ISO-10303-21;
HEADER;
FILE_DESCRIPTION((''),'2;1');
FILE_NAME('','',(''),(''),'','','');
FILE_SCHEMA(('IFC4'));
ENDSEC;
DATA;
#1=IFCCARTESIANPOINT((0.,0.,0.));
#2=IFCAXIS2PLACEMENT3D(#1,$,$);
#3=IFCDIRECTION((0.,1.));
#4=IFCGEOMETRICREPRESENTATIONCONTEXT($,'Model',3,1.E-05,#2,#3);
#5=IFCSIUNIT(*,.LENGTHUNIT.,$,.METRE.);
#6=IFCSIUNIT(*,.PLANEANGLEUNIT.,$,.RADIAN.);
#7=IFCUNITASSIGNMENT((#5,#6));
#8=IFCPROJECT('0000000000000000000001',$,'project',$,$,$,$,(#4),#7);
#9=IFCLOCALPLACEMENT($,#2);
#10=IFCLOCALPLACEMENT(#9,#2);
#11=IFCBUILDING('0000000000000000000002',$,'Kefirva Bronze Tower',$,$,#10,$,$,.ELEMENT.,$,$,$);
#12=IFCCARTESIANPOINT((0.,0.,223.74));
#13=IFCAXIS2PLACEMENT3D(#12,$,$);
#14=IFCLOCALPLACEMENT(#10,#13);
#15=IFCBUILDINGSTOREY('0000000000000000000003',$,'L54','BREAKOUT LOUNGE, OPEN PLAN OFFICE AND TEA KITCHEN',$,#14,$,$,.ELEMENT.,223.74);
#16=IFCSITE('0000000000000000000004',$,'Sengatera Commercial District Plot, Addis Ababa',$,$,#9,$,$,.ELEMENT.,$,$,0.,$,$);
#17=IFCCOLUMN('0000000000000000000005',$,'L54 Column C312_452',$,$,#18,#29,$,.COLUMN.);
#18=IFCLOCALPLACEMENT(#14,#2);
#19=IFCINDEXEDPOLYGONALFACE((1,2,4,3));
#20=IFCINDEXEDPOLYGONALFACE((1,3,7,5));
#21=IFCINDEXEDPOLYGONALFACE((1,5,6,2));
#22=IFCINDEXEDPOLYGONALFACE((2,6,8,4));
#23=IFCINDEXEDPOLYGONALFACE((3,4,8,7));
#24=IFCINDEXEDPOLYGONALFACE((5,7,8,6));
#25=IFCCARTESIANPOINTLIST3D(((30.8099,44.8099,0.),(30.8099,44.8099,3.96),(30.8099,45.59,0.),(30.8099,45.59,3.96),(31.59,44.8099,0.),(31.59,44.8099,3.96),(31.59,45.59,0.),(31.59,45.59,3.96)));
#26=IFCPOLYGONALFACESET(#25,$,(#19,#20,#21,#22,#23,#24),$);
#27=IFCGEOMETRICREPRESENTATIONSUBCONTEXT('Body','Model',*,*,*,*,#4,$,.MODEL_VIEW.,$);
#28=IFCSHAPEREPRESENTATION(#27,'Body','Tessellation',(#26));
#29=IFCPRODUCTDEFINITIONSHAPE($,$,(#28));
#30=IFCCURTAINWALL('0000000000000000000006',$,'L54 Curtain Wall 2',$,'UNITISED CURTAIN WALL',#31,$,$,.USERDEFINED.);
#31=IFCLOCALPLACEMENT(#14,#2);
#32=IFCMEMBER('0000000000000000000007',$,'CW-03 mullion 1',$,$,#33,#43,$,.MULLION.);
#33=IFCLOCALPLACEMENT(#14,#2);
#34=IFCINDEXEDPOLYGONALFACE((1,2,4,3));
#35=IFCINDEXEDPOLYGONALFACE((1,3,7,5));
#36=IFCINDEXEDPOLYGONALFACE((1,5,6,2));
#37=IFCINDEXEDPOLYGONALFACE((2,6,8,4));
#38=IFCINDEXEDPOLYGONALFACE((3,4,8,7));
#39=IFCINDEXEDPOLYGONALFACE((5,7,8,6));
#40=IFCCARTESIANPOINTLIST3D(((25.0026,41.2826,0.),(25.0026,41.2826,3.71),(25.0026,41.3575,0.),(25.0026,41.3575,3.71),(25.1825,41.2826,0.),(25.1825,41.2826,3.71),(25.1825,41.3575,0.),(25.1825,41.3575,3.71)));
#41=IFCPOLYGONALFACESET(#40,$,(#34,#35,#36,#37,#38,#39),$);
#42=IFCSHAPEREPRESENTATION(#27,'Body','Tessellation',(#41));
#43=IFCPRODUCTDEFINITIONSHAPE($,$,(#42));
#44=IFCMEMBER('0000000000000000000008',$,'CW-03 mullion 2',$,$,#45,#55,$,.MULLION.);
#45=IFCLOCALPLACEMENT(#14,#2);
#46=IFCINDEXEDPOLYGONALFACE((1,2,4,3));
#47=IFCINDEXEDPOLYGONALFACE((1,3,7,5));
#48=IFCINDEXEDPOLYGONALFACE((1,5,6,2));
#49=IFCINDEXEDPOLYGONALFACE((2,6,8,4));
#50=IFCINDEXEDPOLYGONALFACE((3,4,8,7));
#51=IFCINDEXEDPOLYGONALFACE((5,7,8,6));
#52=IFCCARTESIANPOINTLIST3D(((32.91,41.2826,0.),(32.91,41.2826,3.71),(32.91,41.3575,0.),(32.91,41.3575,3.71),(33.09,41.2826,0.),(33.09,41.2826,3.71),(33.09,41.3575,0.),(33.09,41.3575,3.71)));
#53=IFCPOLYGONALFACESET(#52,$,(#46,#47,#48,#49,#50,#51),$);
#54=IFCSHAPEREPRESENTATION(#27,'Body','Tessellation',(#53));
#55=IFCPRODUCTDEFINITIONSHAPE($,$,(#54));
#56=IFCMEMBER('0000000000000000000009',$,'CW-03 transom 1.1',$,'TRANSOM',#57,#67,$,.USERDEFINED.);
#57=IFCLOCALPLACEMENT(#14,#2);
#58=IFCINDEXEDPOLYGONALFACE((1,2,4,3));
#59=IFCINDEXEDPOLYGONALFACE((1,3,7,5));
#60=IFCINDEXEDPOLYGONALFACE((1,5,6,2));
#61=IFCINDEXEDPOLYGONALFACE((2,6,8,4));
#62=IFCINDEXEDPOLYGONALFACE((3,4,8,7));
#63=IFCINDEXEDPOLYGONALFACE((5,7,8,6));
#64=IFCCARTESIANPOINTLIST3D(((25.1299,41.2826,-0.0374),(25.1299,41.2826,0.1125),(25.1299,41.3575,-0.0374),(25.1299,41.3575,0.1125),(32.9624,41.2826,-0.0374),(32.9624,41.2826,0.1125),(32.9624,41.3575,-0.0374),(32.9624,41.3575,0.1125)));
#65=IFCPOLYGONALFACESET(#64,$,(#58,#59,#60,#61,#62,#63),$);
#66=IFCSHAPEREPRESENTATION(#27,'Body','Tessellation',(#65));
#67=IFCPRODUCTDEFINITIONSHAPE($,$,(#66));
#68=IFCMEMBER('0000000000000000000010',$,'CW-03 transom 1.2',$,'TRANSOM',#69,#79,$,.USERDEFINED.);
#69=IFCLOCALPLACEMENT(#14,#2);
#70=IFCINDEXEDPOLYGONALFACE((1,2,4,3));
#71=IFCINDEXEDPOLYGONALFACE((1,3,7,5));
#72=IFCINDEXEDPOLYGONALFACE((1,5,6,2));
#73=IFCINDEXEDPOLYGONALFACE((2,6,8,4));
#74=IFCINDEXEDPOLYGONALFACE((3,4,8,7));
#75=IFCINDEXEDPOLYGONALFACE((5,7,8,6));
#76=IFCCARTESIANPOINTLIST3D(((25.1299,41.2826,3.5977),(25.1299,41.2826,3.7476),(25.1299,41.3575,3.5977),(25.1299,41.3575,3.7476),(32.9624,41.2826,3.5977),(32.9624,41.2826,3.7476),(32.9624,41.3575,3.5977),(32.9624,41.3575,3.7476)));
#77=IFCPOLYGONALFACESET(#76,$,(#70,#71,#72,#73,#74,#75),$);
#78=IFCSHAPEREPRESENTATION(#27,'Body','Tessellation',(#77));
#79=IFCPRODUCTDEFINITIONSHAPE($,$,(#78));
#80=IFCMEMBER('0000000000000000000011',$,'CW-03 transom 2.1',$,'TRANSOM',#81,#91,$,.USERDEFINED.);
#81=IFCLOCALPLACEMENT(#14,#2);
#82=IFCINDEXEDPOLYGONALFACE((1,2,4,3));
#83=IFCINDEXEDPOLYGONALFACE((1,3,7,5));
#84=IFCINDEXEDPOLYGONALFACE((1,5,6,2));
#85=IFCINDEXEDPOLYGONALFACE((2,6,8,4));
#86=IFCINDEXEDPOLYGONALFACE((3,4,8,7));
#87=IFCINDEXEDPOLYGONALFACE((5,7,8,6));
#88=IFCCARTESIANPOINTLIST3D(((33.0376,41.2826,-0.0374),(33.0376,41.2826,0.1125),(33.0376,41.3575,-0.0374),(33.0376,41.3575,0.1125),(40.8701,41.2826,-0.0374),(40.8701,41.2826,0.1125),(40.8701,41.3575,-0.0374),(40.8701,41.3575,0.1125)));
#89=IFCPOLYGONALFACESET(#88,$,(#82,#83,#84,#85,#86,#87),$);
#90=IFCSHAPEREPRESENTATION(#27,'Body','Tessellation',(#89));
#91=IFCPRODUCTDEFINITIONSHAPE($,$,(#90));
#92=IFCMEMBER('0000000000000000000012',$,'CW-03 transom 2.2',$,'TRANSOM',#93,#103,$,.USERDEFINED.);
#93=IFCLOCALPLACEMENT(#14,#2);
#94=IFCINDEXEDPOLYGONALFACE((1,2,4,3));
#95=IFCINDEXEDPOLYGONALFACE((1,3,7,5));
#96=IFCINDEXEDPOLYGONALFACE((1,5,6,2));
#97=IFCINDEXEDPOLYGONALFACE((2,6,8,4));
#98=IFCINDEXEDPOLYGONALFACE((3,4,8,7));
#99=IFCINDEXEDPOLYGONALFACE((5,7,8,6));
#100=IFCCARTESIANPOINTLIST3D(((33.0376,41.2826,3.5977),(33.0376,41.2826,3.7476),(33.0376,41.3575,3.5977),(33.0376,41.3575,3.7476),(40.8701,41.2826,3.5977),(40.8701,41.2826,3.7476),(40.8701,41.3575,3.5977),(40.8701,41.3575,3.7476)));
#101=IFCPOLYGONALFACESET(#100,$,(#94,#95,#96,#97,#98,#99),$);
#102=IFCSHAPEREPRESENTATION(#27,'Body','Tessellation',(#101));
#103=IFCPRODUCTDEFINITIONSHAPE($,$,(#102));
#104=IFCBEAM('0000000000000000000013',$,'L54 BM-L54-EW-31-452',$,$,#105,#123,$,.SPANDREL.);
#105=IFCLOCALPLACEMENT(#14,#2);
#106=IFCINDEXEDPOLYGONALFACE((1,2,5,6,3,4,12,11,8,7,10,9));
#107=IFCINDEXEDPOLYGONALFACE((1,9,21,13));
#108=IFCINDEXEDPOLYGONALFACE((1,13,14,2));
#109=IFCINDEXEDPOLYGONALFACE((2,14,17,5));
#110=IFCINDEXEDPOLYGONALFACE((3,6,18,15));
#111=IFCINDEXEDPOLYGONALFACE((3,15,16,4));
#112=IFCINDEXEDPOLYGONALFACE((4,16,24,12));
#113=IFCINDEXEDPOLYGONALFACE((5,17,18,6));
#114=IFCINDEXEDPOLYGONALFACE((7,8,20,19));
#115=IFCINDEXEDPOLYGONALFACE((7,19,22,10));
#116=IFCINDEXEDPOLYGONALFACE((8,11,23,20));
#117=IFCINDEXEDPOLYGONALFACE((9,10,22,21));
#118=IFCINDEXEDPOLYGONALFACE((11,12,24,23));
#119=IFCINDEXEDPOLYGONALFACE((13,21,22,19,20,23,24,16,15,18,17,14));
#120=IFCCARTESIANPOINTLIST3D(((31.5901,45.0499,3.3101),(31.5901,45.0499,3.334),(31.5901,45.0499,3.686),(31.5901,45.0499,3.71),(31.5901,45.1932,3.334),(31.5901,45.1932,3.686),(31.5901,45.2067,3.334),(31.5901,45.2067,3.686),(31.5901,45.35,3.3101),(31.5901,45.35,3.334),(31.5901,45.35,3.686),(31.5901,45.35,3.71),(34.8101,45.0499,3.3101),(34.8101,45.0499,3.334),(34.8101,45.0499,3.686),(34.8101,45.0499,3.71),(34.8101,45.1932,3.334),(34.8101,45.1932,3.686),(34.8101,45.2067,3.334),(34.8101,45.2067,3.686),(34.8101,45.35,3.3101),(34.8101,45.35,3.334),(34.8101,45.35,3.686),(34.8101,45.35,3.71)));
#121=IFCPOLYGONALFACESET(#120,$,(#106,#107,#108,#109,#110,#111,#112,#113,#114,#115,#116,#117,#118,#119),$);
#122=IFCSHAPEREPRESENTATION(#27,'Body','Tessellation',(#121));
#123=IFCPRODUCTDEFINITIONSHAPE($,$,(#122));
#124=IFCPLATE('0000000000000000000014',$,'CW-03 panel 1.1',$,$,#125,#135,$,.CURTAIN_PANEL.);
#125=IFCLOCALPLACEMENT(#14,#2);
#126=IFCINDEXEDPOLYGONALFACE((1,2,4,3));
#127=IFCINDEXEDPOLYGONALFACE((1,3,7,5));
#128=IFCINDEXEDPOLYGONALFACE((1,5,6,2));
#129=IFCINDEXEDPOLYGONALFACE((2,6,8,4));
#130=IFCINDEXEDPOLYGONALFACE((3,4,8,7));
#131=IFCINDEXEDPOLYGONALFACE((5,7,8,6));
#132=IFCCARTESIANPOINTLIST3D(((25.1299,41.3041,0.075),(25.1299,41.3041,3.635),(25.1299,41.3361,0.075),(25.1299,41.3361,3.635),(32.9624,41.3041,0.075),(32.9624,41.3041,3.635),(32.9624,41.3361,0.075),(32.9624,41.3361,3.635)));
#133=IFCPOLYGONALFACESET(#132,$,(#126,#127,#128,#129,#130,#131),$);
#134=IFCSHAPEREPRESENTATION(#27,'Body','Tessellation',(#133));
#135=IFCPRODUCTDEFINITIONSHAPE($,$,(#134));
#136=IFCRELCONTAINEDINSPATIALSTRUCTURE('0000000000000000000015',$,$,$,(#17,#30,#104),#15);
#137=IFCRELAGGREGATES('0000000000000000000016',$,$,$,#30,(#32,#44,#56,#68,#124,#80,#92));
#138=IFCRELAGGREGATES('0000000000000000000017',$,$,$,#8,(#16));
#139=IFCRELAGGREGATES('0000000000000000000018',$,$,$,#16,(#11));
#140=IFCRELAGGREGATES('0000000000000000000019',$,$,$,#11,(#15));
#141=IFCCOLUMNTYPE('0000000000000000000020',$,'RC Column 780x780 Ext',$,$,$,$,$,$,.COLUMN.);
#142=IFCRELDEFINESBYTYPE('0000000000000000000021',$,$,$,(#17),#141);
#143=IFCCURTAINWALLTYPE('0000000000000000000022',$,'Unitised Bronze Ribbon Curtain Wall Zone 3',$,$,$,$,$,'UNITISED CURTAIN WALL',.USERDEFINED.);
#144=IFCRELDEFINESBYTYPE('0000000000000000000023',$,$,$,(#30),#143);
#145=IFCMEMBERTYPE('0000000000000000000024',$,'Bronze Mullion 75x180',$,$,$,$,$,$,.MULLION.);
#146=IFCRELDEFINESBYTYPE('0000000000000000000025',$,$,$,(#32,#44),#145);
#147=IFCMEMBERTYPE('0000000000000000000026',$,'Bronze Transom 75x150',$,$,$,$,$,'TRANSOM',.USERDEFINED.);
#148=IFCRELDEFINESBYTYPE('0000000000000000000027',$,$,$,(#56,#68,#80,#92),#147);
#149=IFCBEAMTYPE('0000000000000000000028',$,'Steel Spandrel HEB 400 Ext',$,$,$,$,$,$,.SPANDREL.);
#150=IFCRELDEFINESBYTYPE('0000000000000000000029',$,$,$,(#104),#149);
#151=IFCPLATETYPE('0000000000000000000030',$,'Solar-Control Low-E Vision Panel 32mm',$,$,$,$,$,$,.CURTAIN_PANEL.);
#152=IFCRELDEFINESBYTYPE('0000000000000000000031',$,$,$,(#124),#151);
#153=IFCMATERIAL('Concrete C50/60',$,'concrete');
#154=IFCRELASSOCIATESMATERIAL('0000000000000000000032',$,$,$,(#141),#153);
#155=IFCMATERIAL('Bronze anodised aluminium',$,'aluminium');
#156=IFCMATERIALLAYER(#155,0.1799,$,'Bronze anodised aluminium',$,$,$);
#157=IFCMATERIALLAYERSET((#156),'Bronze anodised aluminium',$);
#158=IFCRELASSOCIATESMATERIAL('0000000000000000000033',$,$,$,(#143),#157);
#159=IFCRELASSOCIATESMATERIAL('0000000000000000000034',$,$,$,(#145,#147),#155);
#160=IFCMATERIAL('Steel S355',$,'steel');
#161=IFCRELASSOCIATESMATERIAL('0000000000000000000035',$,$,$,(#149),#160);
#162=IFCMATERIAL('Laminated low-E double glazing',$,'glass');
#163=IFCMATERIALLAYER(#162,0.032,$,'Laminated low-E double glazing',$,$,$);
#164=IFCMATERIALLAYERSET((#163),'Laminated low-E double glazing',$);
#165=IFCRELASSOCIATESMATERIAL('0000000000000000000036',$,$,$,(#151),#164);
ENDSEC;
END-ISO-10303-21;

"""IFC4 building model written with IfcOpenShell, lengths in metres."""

from ifc_helpers import new_model, si_unit, direction, frame, origin, origin_2d, place, context, subcontext, project, spatial, rectangle, i_section, extrude, material, layer, layer_set, material_profile, profile_set, type_object, element, aggregate, save


model = new_model("IFC4")

# Units and contexts
model_context = context("Model", 3, precision=1e-05, world=origin(), true_north=direction((0.0, 1.0)))
body_context = subcontext(model_context, "Body", "Model", "MODEL_VIEW")
ifc_project = project(units=[si_unit("LENGTHUNIT", "METRE"), si_unit("PLANEANGLEUNIT", "RADIAN")], contexts=[model_context])

# Site, building, storey
site_placement = place(None, origin())
site = spatial("IfcSite", under=ifc_project, at=site_placement, Name="Sengatera Commercial District Plot, Addis Ababa", CompositionType="ELEMENT", RefElevation=0.0)
building_placement = place(site_placement, origin())
building = spatial("IfcBuilding", under=site, at=building_placement, Name="Kefirva Bronze Tower", CompositionType="ELEMENT")
storey_placement = place(building_placement, frame((0.0, 0.0, 223.74)))
storey = spatial("IfcBuildingStorey", under=building, at=storey_placement, Name="L54", Description="BREAKOUT LOUNGE, OPEN PLAN OFFICE AND TEA KITCHEN", CompositionType="ELEMENT", Elevation=223.74)

# Column
ifc_material_1 = material(Name="Concrete C50/60", Category="concrete")
ifc_material_profile_1 = material_profile(ifc_material_1, rectangle(XDim=0.78, YDim=0.78, at=origin_2d()), Name="RC 780x780")
ifc_profile_set_1 = profile_set([ifc_material_profile_1], Name="Concrete C50/60")
column_type = type_object("IfcColumnType", Name="RC Column 780x780 Ext", PredefinedType="COLUMN", material=ifc_profile_set_1)
column_placement = place(storey_placement, frame((31.2, 45.2, 0.0), z_axis=(0.0, 0.0, 1.0), x_axis=(1.0, 0.0, 0.0)))
element("IfcColumn", 1, at=column_placement, inside=storey, type_object=column_type, Name="L54 Column C312_452", PredefinedType="COLUMN", context=body_context, shape_type="SweptSolid", body=[
    extrude(rectangle(XDim=0.78, YDim=0.78, at=origin_2d()), origin(), (0.0, 0.0, 1.0), 3.96),
])

# Curtain wall, members
ifc_material_2 = material(Name="Bronze anodised aluminium", Category="aluminium")
ifc_layer_1 = layer(ifc_material_2, 0.1799, Name="Bronze anodised aluminium")
ifc_layer_set_1 = layer_set([ifc_layer_1], Name="Bronze anodised aluminium")
curtain_wall_type = type_object("IfcCurtainWallType", Name="Unitised Bronze Ribbon Curtain Wall Zone 3", ElementType="UNITISED CURTAIN WALL", PredefinedType="USERDEFINED", material=ifc_layer_set_1)
curtain_wall_placement = place(storey_placement, origin())
curtain_wall = element("IfcCurtainWall", 2, at=curtain_wall_placement, inside=storey, type_object=curtain_wall_type, Name="L54 Curtain Wall 2", ObjectType="UNITISED CURTAIN WALL", PredefinedType="USERDEFINED")
ifc_material_profile_2 = material_profile(ifc_material_2, rectangle(XDim=0.075, YDim=0.1799, at=origin_2d()), Name="ALU 75x180")
ifc_profile_set_2 = profile_set([ifc_material_profile_2], Name="Bronze anodised aluminium")
member_type_1 = type_object("IfcMemberType", Name="Bronze Mullion 75x180", PredefinedType="MULLION", material=ifc_profile_set_2)
member_1_placement = place(storey_placement, frame((25.0925, 41.3201, 0.0), z_axis=(0.0, 0.0, 1.0), x_axis=(0.0, 1.0, 0.0)))
member_1 = element("IfcMember", 3, at=member_1_placement, type_object=member_type_1, Name="CW-03 mullion 1", PredefinedType="MULLION", context=body_context, shape_type="SweptSolid", body=[
    extrude(rectangle(XDim=0.075, YDim=0.1799, at=origin_2d()), origin(), (0.0, 0.0, 1.0), 3.71),
])
member_2_placement = place(storey_placement, frame((33.0, 41.3201, 0.0), z_axis=(0.0, 0.0, 1.0), x_axis=(0.0, 1.0, 0.0)))
member_2 = element("IfcMember", 4, at=member_2_placement, type_object=member_type_1, Name="CW-03 mullion 2", PredefinedType="MULLION", context=body_context, shape_type="SweptSolid", body=[
    extrude(rectangle(XDim=0.075, YDim=0.1799, at=origin_2d()), origin(), (0.0, 0.0, 1.0), 3.71),
])
ifc_material_profile_3 = material_profile(ifc_material_2, rectangle(XDim=0.075, YDim=0.1499, at=origin_2d()), Name="ALU 75x150")
ifc_profile_set_3 = profile_set([ifc_material_profile_3], Name="Bronze anodised aluminium")
member_type_2 = type_object("IfcMemberType", Name="Bronze Transom 75x150", ElementType="TRANSOM", PredefinedType="USERDEFINED", material=ifc_profile_set_3)
member_3_placement = place(storey_placement, frame((25.1299, 41.3201, 0.0376), z_axis=(1.0, 0.0, 0.0), x_axis=(0.0, 1.0, 0.0)))
member_3 = element("IfcMember", 5, at=member_3_placement, type_object=member_type_2, Name="CW-03 transom 1.1", ObjectType="TRANSOM", PredefinedType="USERDEFINED", context=body_context, shape_type="SweptSolid", body=[
    extrude(rectangle(XDim=0.075, YDim=0.1499, at=origin_2d()), origin(), (0.0, 0.0, 1.0), 7.8325),
])
member_4_placement = place(storey_placement, frame((25.1299, 41.3201, 3.6726), z_axis=(1.0, 0.0, 0.0), x_axis=(0.0, 1.0, 0.0)))
member_4 = element("IfcMember", 6, at=member_4_placement, type_object=member_type_2, Name="CW-03 transom 1.2", ObjectType="TRANSOM", PredefinedType="USERDEFINED", context=body_context, shape_type="SweptSolid", body=[
    extrude(rectangle(XDim=0.075, YDim=0.1499, at=origin_2d()), origin(), (0.0, 0.0, 1.0), 7.8325),
])
member_5_placement = place(storey_placement, frame((33.0376, 41.3201, 0.0376), z_axis=(1.0, 0.0, 0.0), x_axis=(0.0, 1.0, 0.0)))
member_5 = element("IfcMember", 7, at=member_5_placement, type_object=member_type_2, Name="CW-03 transom 2.1", ObjectType="TRANSOM", PredefinedType="USERDEFINED", context=body_context, shape_type="SweptSolid", body=[
    extrude(rectangle(XDim=0.075, YDim=0.1499, at=origin_2d()), origin(), (0.0, 0.0, 1.0), 7.8325),
])
member_6_placement = place(storey_placement, frame((33.0376, 41.3201, 3.6726), z_axis=(1.0, 0.0, 0.0), x_axis=(0.0, 1.0, 0.0)))
member_6 = element("IfcMember", 8, at=member_6_placement, type_object=member_type_2, Name="CW-03 transom 2.2", ObjectType="TRANSOM", PredefinedType="USERDEFINED", context=body_context, shape_type="SweptSolid", body=[
    extrude(rectangle(XDim=0.075, YDim=0.1499, at=origin_2d()), origin(), (0.0, 0.0, 1.0), 7.8325),
])

# Beam
ifc_material_3 = material(Name="Steel S355", Category="steel")
ifc_material_profile_4 = material_profile(ifc_material_3, i_section(OverallWidth=0.3, OverallDepth=0.3999, WebThickness=0.0134, FlangeThickness=0.0239, at=origin_2d()), Name="HEB 400")
ifc_profile_set_4 = profile_set([ifc_material_profile_4], Name="Steel S355")
beam_type = type_object("IfcBeamType", Name="Steel Spandrel HEB 400 Ext", PredefinedType="SPANDREL", material=ifc_profile_set_4)
beam_placement = place(storey_placement, frame((31.5901, 45.2, 3.51), z_axis=(1.0, 0.0, 0.0), x_axis=(0.0, 1.0, 0.0)))
element("IfcBeam", 9, at=beam_placement, inside=storey, type_object=beam_type, Name="L54 BM-L54-EW-31-452", PredefinedType="SPANDREL", context=body_context, shape_type="SweptSolid", body=[
    extrude(i_section(OverallWidth=0.3, OverallDepth=0.3999, WebThickness=0.0134, FlangeThickness=0.0239, at=origin_2d()), origin(), (0.0, 0.0, 1.0), 3.22),
])

# Plate
ifc_material_4 = material(Name="Laminated low-E double glazing", Category="glass")
ifc_layer_2 = layer(ifc_material_4, 0.032, Name="Laminated low-E double glazing")
ifc_layer_set_2 = layer_set([ifc_layer_2], Name="Laminated low-E double glazing")
plate_type = type_object("IfcPlateType", Name="Solar-Control Low-E Vision Panel 32mm", PredefinedType="CURTAIN_PANEL", material=ifc_layer_set_2)
plate_placement = place(storey_placement, frame((29.0461, 41.3201, 0.075), z_axis=(0.0, 0.0, 1.0), x_axis=(1.0, 0.0, 0.0)))
plate = element("IfcPlate", 10, at=plate_placement, type_object=plate_type, Name="CW-03 panel 1.1", PredefinedType="CURTAIN_PANEL", context=body_context, shape_type="SweptSolid", body=[
    extrude(rectangle(XDim=7.8325, YDim=0.032, at=origin_2d()), origin(), (0.0, 0.0, 1.0), 3.5601),
])
aggregate(curtain_wall, [member_1, member_2, member_3, member_4, plate, member_5, member_6])

save(model, "model.ifc")
